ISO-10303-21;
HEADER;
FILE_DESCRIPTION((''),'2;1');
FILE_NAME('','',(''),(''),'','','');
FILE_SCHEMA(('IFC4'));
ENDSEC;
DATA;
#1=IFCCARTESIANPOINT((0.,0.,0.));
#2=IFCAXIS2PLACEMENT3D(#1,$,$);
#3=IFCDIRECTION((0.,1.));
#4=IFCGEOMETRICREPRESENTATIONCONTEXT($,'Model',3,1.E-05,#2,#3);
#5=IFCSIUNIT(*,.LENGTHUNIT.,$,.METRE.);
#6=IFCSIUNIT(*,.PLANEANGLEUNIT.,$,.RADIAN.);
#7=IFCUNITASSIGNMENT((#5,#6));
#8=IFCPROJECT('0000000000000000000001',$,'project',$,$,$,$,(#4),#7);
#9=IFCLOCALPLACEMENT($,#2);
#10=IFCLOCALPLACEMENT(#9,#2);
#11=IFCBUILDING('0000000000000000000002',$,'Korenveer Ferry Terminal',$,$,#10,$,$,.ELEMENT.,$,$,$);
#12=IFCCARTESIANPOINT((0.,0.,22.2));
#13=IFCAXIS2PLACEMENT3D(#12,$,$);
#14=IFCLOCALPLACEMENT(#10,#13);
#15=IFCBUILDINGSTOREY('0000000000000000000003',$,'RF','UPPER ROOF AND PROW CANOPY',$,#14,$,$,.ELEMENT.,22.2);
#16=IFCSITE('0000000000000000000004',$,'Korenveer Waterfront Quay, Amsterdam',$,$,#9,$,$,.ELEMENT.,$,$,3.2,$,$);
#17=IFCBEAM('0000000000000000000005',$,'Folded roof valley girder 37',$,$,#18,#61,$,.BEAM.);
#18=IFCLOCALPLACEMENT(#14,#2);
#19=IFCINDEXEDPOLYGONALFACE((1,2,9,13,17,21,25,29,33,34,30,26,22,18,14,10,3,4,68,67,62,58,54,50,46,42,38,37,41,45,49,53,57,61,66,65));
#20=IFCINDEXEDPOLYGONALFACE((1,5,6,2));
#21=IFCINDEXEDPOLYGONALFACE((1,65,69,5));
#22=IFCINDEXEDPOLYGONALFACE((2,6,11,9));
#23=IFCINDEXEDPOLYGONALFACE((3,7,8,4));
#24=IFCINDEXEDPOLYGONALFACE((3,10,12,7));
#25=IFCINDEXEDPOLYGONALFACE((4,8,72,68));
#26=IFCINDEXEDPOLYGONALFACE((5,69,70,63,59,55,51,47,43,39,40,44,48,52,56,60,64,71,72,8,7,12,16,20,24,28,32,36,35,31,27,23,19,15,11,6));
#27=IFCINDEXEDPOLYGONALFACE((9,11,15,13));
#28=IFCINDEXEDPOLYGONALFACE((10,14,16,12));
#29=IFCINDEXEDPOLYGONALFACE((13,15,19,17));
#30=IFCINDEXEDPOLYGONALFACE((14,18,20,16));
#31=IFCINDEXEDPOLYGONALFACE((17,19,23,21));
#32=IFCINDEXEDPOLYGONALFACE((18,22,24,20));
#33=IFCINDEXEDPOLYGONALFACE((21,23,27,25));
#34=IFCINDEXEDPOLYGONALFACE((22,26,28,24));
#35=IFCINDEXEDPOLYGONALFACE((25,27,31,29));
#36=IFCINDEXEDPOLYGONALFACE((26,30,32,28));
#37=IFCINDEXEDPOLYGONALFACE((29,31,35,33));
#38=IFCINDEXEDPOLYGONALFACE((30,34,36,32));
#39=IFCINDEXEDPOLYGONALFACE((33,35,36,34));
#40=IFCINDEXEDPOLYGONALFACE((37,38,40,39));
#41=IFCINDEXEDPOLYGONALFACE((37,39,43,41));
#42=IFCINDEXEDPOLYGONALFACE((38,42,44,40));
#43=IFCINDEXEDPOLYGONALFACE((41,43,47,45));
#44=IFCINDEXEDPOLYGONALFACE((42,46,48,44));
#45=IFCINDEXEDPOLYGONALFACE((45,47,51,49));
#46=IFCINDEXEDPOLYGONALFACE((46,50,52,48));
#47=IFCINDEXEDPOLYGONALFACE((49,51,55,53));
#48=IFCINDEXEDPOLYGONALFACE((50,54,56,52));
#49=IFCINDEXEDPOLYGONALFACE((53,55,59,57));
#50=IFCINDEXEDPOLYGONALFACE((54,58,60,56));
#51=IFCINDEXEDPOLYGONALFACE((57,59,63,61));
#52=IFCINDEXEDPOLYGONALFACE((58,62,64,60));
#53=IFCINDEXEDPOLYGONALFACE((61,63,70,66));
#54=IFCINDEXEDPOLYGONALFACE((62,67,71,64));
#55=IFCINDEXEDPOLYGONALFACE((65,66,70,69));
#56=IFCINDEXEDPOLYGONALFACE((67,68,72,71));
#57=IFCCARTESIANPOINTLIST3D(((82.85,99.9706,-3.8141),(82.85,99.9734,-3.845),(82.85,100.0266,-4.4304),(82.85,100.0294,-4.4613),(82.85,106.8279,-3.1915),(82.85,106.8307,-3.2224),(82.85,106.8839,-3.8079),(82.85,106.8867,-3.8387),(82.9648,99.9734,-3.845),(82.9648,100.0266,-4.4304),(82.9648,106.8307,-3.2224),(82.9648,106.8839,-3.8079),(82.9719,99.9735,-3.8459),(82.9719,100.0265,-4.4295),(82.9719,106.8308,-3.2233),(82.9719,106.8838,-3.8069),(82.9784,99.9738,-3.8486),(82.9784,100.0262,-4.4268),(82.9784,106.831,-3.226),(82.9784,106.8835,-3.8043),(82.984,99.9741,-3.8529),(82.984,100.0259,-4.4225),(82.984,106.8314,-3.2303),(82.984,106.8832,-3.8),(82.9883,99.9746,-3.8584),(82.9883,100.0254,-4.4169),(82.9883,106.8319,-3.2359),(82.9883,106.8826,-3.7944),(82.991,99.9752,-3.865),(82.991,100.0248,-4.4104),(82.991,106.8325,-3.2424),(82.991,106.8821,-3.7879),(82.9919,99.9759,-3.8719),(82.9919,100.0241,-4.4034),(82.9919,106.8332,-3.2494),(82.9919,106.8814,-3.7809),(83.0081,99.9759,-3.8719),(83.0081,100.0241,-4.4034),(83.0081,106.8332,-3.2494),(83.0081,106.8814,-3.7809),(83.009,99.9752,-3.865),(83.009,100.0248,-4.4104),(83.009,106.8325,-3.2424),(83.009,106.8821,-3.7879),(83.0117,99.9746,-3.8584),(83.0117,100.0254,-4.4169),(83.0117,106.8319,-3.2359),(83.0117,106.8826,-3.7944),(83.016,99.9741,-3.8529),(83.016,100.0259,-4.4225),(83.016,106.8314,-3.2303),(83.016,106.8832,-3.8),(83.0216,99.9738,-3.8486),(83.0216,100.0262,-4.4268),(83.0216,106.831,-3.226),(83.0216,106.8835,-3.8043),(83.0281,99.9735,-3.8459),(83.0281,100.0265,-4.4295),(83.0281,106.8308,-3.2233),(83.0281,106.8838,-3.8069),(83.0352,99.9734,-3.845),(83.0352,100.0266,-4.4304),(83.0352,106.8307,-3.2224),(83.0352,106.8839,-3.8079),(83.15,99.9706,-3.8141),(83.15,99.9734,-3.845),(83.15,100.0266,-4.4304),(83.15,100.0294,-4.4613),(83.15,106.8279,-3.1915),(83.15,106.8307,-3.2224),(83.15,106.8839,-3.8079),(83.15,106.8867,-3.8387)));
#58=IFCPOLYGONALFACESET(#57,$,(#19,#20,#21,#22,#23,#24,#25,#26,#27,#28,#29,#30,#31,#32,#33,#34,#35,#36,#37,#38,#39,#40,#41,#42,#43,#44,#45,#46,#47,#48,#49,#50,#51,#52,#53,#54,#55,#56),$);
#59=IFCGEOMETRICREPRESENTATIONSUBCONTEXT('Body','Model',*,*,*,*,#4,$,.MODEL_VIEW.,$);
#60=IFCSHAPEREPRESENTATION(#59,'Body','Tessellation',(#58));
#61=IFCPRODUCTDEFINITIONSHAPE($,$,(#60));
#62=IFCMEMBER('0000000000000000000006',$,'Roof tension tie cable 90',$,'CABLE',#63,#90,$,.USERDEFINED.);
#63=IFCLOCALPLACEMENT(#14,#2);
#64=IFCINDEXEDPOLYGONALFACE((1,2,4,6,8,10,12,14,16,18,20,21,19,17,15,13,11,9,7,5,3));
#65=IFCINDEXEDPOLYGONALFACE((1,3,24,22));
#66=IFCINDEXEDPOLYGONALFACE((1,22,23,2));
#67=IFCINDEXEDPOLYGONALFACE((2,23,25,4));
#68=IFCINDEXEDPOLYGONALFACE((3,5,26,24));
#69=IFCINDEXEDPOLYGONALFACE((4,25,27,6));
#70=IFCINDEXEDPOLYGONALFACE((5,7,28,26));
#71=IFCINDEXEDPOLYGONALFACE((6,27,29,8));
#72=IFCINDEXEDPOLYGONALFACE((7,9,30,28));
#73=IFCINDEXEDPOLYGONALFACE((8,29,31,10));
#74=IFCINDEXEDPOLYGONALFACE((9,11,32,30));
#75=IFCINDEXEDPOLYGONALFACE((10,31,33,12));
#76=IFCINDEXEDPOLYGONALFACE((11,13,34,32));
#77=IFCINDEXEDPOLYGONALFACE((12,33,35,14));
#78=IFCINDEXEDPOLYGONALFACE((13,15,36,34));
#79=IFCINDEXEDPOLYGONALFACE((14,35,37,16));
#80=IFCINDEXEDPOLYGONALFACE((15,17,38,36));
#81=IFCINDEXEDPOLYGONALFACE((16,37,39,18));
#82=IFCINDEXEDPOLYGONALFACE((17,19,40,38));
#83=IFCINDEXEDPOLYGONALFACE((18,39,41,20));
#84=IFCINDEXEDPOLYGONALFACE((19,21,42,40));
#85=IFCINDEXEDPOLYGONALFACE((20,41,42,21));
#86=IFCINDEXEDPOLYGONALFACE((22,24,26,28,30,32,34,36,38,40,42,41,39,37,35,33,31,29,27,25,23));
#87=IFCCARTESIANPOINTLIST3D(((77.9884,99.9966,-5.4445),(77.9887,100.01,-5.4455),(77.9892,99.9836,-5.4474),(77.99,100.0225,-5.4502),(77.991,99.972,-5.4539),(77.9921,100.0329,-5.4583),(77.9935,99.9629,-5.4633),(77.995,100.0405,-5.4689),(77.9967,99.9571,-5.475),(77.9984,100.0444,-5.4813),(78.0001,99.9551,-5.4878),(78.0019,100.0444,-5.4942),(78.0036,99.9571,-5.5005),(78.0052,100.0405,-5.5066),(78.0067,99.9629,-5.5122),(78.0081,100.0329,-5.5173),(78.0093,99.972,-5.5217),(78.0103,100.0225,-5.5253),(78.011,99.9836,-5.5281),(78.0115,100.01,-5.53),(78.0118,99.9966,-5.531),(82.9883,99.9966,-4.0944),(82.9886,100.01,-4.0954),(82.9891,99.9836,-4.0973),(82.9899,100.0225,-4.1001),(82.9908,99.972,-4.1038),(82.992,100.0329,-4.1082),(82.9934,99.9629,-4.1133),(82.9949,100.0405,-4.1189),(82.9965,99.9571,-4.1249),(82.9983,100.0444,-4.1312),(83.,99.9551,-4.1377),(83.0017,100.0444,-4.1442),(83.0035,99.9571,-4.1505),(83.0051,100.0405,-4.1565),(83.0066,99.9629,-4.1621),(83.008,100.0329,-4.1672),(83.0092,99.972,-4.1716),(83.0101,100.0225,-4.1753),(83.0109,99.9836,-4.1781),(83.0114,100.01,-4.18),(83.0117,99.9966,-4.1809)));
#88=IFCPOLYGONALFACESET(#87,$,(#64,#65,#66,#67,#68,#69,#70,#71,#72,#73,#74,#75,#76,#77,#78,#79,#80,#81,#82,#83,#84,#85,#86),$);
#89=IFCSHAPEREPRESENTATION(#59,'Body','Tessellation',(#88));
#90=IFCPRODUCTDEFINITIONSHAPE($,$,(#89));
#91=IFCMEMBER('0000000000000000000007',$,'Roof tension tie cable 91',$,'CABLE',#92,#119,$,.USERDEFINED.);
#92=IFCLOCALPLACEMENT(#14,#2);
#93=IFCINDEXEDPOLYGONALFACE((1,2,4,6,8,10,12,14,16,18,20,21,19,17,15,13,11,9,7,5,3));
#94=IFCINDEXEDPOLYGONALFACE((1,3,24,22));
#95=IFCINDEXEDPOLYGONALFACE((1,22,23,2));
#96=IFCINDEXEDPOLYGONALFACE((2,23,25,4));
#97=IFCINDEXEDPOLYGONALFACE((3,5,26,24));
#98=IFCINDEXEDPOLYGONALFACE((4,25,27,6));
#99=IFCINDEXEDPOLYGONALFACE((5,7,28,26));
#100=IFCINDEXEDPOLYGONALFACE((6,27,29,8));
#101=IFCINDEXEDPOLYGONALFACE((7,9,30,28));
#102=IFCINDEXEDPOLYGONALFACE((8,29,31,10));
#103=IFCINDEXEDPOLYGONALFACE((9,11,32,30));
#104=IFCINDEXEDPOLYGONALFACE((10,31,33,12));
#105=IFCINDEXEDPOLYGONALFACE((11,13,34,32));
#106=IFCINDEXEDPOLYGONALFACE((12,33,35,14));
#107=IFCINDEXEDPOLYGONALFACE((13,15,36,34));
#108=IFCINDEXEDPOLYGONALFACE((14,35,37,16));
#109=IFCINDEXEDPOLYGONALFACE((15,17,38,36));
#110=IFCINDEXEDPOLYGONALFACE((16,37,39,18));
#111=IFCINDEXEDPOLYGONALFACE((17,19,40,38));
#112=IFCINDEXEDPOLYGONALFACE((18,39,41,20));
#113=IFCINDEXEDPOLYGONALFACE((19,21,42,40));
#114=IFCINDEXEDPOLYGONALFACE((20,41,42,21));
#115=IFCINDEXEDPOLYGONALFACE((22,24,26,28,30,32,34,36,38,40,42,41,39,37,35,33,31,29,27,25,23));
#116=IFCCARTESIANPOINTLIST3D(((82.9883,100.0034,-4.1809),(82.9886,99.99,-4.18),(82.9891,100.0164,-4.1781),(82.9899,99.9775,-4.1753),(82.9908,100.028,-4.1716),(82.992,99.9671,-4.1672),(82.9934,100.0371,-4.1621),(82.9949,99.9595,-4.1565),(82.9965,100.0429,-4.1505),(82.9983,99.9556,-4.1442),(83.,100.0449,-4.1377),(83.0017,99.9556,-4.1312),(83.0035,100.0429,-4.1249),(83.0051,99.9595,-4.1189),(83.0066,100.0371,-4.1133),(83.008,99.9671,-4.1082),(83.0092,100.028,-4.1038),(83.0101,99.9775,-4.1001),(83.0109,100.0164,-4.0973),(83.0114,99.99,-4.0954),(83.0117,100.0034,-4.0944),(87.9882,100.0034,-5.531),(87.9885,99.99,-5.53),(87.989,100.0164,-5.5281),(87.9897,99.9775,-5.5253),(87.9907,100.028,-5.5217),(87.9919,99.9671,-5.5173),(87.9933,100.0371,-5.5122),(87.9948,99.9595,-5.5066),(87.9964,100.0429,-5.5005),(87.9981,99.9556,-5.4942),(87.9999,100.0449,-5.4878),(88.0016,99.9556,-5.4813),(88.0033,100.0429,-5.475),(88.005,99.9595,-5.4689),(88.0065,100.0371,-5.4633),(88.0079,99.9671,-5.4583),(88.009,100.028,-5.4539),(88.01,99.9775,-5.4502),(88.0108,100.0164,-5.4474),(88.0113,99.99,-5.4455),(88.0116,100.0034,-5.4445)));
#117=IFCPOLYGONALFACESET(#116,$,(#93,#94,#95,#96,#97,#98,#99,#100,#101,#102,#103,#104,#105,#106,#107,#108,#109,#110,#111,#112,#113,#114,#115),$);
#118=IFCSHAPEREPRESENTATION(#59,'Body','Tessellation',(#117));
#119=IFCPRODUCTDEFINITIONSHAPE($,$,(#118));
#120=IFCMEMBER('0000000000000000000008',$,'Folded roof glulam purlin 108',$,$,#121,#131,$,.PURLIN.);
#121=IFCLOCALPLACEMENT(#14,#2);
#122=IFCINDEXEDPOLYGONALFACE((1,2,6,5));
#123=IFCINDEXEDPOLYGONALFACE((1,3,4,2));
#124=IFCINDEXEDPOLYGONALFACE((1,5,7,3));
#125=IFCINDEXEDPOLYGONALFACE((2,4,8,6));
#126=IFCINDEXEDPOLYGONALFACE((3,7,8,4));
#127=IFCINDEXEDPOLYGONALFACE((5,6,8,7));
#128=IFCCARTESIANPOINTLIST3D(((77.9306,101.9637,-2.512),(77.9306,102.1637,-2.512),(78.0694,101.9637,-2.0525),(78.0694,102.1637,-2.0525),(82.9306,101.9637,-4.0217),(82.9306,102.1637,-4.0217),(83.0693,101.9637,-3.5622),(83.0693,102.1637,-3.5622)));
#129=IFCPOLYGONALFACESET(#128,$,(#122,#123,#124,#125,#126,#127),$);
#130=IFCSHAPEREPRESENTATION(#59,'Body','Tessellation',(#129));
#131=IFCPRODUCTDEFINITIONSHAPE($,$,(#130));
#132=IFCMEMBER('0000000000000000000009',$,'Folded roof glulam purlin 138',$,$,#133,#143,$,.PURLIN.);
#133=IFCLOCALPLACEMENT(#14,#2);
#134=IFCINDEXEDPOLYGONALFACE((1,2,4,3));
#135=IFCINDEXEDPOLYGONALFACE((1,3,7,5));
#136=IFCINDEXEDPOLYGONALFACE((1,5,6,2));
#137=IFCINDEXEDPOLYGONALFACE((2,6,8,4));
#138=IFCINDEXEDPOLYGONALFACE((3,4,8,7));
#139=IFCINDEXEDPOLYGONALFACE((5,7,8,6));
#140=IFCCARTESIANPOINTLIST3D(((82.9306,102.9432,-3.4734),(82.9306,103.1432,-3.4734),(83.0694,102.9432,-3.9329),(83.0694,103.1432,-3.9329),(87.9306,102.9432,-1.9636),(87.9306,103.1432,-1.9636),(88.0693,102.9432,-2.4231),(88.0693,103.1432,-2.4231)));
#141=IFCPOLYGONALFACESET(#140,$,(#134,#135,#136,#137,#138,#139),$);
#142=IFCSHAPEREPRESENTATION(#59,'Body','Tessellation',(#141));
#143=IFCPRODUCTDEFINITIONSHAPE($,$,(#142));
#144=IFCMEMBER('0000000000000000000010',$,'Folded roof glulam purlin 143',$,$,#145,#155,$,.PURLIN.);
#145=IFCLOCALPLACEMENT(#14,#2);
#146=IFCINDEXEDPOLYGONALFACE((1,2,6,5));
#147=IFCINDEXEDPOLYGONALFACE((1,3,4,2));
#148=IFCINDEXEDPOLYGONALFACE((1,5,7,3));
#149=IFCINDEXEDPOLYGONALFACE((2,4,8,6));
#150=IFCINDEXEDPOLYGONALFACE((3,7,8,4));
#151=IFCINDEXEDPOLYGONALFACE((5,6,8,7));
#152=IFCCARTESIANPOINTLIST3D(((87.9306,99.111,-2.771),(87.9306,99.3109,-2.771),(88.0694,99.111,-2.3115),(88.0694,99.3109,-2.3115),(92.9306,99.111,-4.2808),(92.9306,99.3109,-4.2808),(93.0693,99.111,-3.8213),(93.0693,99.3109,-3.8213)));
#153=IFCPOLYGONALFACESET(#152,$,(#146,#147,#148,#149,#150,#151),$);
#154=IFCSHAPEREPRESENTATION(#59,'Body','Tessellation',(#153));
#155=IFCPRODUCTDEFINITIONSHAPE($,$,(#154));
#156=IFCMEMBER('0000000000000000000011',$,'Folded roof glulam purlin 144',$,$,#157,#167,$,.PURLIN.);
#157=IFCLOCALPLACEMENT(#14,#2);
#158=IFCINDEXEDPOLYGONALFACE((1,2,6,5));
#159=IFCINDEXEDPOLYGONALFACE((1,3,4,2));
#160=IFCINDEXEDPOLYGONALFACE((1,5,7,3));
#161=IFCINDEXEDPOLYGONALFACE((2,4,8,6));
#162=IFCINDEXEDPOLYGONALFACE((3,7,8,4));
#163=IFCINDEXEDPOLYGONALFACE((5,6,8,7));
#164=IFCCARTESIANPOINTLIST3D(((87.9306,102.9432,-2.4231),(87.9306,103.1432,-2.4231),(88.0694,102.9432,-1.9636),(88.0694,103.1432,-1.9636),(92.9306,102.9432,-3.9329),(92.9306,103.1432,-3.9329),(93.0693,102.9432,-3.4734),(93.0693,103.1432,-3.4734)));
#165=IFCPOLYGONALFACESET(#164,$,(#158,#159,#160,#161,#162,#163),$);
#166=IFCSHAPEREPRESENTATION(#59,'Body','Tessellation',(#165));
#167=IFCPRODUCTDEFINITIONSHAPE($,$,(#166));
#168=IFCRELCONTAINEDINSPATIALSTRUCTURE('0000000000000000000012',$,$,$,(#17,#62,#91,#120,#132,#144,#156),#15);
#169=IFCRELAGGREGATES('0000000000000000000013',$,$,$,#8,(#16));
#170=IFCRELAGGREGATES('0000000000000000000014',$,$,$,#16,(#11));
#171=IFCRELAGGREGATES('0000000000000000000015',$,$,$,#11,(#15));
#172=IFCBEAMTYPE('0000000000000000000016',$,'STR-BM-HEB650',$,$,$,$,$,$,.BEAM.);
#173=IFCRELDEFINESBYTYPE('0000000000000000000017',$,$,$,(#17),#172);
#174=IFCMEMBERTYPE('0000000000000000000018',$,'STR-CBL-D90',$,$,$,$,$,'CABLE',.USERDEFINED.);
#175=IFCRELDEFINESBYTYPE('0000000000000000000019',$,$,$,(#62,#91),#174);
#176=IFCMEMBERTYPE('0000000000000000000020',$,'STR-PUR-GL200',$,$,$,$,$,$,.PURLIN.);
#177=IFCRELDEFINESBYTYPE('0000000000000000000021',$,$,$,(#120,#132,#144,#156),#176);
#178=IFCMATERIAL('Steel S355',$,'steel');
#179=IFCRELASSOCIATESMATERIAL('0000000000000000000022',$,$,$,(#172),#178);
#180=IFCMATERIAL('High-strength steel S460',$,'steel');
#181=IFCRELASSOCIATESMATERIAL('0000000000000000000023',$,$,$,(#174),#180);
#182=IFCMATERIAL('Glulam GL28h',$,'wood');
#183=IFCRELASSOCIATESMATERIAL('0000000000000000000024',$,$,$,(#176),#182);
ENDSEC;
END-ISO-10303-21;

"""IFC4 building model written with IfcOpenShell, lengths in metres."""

from ifc_helpers import new_model, si_unit, direction, frame, origin, origin_2d, place, context, subcontext, project, spatial, rectangle, circle, i_section, extrude, material, material_profile, profile_set, type_object, element, save


model = new_model("IFC4")

# Units and contexts
model_context = context("Model", 3, precision=1e-05, world=origin(), true_north=direction((0.0, 1.0)))
body_context = subcontext(model_context, "Body", "Model", "MODEL_VIEW")
ifc_project = project(units=[si_unit("LENGTHUNIT", "METRE"), si_unit("PLANEANGLEUNIT", "RADIAN")], contexts=[model_context])

# Site, building, storey
site_placement = place(None, origin())
site = spatial("IfcSite", under=ifc_project, at=site_placement, Name="Korenveer Waterfront Quay, Amsterdam", CompositionType="ELEMENT", RefElevation=3.2)
building_placement = place(site_placement, origin())
building = spatial("IfcBuilding", under=site, at=building_placement, Name="Korenveer Ferry Terminal", CompositionType="ELEMENT")
storey_placement = place(building_placement, frame((0.0, 0.0, 22.2)))
storey = spatial("IfcBuildingStorey", under=building, at=storey_placement, Name="RF", Description="UPPER ROOF AND PROW CANOPY", CompositionType="ELEMENT", Elevation=22.2)

# Beam
ifc_material_1 = material(Name="Steel S355", Category="steel")
ifc_material_profile_1 = material_profile(ifc_material_1, i_section(OverallWidth=0.3, OverallDepth=0.6499, WebThickness=0.0161, FlangeThickness=0.031, FilletRadius=0.0271, at=origin_2d()), Name="HEB 650")
ifc_profile_set_1 = profile_set([ifc_material_profile_1], Name="Steel S355")
beam_type_1 = type_object("IfcBeamType", Name="STR-BM-HEB650", PredefinedType="BEAM", material=ifc_profile_set_1)
beam_1_placement = place(storey_placement, frame((83.0, 100.0, -4.1377), z_axis=(0.0, 0.995904, 0.090417), x_axis=(-1.0, 0.0, 0.0)))
element("IfcBeam", 1, at=beam_1_placement, inside=storey, type_object=beam_type_1, Name="Folded roof valley girder 37", PredefinedType="BEAM", context=body_context, shape_type="SweptSolid", body=[
    extrude(i_section(OverallWidth=0.3, OverallDepth=0.6499, WebThickness=0.0161, FlangeThickness=0.031, FilletRadius=0.0271, at=origin_2d()), origin(), (0.0, 0.0, 1.0), 6.8855),
])

# Members
ifc_material_2 = material(Name="High-strength steel S460", Category="steel")
ifc_material_profile_2 = material_profile(ifc_material_2, circle(Radius=0.0449, at=origin_2d()), Name="ROD D90")
ifc_profile_set_2 = profile_set([ifc_material_profile_2], Name="High-strength steel S460")
member_type_1 = type_object("IfcMemberType", Name="STR-CBL-D90", ElementType="CABLE", PredefinedType="USERDEFINED", material=ifc_profile_set_2)
for number, where, z_axis, x_axis, name in (
    (2, (83.0, 100.0, -4.1377), (-0.965424, 0.0, -0.260683), (0.0, -1.0, 0.0), "Roof tension tie cable 90"),
    (3, (83.0, 100.0, -4.1377), (0.965424, 0.0, -0.260683), (0.0, 1.0, 0.0), "Roof tension tie cable 91"),
):
    element("IfcMember", number, at=place(storey_placement, frame(where, z_axis=z_axis, x_axis=x_axis)), inside=storey, type_object=member_type_1, Name=name, ObjectType="CABLE", PredefinedType="USERDEFINED", context=body_context, shape_type="SweptSolid", body=[
        extrude(circle(Radius=0.0449, at=origin_2d()), origin(), (0.0, 0.0, 1.0), 5.179),
    ])
ifc_material_3 = material(Name="Glulam GL28h", Category="wood")
ifc_material_profile_3 = material_profile(ifc_material_3, rectangle(XDim=0.2, YDim=0.48, at=origin_2d()), Name="GL 200x480")
ifc_profile_set_3 = profile_set([ifc_material_profile_3], Name="Glulam GL28h")
member_type_2 = type_object("IfcMemberType", Name="STR-PUR-GL200", PredefinedType="PURLIN", material=ifc_profile_set_3)
for number, where, z_axis, x_axis, name in (
    (4, (78.0, 102.0637, -2.2822), (0.95731, 0.0, -0.289063), (0.0, 1.0, 0.0), "Folded roof glulam purlin 108"),
    (5, (83.0, 103.0432, -3.7031), (0.95731, 0.0, 0.289063), (0.0, 1.0, 0.0), "Folded roof glulam purlin 138"),
    (6, (88.0, 99.2109, -2.5413), (0.95731, 0.0, -0.289063), (0.0, 1.0, 0.0), "Folded roof glulam purlin 143"),
    (7, (88.0, 103.0432, -2.1934), (0.95731, 0.0, -0.289063), (0.0, 1.0, 0.0), "Folded roof glulam purlin 144"),
):
    element("IfcMember", number, at=place(storey_placement, frame(where, z_axis=z_axis, x_axis=x_axis)), inside=storey, type_object=member_type_2, Name=name, PredefinedType="PURLIN", context=body_context, shape_type="SweptSolid", body=[
        extrude(rectangle(XDim=0.2, YDim=0.48, at=origin_2d()), origin(), (0.0, 0.0, 1.0), 5.2229),
    ])

save(model, "model.ifc")
